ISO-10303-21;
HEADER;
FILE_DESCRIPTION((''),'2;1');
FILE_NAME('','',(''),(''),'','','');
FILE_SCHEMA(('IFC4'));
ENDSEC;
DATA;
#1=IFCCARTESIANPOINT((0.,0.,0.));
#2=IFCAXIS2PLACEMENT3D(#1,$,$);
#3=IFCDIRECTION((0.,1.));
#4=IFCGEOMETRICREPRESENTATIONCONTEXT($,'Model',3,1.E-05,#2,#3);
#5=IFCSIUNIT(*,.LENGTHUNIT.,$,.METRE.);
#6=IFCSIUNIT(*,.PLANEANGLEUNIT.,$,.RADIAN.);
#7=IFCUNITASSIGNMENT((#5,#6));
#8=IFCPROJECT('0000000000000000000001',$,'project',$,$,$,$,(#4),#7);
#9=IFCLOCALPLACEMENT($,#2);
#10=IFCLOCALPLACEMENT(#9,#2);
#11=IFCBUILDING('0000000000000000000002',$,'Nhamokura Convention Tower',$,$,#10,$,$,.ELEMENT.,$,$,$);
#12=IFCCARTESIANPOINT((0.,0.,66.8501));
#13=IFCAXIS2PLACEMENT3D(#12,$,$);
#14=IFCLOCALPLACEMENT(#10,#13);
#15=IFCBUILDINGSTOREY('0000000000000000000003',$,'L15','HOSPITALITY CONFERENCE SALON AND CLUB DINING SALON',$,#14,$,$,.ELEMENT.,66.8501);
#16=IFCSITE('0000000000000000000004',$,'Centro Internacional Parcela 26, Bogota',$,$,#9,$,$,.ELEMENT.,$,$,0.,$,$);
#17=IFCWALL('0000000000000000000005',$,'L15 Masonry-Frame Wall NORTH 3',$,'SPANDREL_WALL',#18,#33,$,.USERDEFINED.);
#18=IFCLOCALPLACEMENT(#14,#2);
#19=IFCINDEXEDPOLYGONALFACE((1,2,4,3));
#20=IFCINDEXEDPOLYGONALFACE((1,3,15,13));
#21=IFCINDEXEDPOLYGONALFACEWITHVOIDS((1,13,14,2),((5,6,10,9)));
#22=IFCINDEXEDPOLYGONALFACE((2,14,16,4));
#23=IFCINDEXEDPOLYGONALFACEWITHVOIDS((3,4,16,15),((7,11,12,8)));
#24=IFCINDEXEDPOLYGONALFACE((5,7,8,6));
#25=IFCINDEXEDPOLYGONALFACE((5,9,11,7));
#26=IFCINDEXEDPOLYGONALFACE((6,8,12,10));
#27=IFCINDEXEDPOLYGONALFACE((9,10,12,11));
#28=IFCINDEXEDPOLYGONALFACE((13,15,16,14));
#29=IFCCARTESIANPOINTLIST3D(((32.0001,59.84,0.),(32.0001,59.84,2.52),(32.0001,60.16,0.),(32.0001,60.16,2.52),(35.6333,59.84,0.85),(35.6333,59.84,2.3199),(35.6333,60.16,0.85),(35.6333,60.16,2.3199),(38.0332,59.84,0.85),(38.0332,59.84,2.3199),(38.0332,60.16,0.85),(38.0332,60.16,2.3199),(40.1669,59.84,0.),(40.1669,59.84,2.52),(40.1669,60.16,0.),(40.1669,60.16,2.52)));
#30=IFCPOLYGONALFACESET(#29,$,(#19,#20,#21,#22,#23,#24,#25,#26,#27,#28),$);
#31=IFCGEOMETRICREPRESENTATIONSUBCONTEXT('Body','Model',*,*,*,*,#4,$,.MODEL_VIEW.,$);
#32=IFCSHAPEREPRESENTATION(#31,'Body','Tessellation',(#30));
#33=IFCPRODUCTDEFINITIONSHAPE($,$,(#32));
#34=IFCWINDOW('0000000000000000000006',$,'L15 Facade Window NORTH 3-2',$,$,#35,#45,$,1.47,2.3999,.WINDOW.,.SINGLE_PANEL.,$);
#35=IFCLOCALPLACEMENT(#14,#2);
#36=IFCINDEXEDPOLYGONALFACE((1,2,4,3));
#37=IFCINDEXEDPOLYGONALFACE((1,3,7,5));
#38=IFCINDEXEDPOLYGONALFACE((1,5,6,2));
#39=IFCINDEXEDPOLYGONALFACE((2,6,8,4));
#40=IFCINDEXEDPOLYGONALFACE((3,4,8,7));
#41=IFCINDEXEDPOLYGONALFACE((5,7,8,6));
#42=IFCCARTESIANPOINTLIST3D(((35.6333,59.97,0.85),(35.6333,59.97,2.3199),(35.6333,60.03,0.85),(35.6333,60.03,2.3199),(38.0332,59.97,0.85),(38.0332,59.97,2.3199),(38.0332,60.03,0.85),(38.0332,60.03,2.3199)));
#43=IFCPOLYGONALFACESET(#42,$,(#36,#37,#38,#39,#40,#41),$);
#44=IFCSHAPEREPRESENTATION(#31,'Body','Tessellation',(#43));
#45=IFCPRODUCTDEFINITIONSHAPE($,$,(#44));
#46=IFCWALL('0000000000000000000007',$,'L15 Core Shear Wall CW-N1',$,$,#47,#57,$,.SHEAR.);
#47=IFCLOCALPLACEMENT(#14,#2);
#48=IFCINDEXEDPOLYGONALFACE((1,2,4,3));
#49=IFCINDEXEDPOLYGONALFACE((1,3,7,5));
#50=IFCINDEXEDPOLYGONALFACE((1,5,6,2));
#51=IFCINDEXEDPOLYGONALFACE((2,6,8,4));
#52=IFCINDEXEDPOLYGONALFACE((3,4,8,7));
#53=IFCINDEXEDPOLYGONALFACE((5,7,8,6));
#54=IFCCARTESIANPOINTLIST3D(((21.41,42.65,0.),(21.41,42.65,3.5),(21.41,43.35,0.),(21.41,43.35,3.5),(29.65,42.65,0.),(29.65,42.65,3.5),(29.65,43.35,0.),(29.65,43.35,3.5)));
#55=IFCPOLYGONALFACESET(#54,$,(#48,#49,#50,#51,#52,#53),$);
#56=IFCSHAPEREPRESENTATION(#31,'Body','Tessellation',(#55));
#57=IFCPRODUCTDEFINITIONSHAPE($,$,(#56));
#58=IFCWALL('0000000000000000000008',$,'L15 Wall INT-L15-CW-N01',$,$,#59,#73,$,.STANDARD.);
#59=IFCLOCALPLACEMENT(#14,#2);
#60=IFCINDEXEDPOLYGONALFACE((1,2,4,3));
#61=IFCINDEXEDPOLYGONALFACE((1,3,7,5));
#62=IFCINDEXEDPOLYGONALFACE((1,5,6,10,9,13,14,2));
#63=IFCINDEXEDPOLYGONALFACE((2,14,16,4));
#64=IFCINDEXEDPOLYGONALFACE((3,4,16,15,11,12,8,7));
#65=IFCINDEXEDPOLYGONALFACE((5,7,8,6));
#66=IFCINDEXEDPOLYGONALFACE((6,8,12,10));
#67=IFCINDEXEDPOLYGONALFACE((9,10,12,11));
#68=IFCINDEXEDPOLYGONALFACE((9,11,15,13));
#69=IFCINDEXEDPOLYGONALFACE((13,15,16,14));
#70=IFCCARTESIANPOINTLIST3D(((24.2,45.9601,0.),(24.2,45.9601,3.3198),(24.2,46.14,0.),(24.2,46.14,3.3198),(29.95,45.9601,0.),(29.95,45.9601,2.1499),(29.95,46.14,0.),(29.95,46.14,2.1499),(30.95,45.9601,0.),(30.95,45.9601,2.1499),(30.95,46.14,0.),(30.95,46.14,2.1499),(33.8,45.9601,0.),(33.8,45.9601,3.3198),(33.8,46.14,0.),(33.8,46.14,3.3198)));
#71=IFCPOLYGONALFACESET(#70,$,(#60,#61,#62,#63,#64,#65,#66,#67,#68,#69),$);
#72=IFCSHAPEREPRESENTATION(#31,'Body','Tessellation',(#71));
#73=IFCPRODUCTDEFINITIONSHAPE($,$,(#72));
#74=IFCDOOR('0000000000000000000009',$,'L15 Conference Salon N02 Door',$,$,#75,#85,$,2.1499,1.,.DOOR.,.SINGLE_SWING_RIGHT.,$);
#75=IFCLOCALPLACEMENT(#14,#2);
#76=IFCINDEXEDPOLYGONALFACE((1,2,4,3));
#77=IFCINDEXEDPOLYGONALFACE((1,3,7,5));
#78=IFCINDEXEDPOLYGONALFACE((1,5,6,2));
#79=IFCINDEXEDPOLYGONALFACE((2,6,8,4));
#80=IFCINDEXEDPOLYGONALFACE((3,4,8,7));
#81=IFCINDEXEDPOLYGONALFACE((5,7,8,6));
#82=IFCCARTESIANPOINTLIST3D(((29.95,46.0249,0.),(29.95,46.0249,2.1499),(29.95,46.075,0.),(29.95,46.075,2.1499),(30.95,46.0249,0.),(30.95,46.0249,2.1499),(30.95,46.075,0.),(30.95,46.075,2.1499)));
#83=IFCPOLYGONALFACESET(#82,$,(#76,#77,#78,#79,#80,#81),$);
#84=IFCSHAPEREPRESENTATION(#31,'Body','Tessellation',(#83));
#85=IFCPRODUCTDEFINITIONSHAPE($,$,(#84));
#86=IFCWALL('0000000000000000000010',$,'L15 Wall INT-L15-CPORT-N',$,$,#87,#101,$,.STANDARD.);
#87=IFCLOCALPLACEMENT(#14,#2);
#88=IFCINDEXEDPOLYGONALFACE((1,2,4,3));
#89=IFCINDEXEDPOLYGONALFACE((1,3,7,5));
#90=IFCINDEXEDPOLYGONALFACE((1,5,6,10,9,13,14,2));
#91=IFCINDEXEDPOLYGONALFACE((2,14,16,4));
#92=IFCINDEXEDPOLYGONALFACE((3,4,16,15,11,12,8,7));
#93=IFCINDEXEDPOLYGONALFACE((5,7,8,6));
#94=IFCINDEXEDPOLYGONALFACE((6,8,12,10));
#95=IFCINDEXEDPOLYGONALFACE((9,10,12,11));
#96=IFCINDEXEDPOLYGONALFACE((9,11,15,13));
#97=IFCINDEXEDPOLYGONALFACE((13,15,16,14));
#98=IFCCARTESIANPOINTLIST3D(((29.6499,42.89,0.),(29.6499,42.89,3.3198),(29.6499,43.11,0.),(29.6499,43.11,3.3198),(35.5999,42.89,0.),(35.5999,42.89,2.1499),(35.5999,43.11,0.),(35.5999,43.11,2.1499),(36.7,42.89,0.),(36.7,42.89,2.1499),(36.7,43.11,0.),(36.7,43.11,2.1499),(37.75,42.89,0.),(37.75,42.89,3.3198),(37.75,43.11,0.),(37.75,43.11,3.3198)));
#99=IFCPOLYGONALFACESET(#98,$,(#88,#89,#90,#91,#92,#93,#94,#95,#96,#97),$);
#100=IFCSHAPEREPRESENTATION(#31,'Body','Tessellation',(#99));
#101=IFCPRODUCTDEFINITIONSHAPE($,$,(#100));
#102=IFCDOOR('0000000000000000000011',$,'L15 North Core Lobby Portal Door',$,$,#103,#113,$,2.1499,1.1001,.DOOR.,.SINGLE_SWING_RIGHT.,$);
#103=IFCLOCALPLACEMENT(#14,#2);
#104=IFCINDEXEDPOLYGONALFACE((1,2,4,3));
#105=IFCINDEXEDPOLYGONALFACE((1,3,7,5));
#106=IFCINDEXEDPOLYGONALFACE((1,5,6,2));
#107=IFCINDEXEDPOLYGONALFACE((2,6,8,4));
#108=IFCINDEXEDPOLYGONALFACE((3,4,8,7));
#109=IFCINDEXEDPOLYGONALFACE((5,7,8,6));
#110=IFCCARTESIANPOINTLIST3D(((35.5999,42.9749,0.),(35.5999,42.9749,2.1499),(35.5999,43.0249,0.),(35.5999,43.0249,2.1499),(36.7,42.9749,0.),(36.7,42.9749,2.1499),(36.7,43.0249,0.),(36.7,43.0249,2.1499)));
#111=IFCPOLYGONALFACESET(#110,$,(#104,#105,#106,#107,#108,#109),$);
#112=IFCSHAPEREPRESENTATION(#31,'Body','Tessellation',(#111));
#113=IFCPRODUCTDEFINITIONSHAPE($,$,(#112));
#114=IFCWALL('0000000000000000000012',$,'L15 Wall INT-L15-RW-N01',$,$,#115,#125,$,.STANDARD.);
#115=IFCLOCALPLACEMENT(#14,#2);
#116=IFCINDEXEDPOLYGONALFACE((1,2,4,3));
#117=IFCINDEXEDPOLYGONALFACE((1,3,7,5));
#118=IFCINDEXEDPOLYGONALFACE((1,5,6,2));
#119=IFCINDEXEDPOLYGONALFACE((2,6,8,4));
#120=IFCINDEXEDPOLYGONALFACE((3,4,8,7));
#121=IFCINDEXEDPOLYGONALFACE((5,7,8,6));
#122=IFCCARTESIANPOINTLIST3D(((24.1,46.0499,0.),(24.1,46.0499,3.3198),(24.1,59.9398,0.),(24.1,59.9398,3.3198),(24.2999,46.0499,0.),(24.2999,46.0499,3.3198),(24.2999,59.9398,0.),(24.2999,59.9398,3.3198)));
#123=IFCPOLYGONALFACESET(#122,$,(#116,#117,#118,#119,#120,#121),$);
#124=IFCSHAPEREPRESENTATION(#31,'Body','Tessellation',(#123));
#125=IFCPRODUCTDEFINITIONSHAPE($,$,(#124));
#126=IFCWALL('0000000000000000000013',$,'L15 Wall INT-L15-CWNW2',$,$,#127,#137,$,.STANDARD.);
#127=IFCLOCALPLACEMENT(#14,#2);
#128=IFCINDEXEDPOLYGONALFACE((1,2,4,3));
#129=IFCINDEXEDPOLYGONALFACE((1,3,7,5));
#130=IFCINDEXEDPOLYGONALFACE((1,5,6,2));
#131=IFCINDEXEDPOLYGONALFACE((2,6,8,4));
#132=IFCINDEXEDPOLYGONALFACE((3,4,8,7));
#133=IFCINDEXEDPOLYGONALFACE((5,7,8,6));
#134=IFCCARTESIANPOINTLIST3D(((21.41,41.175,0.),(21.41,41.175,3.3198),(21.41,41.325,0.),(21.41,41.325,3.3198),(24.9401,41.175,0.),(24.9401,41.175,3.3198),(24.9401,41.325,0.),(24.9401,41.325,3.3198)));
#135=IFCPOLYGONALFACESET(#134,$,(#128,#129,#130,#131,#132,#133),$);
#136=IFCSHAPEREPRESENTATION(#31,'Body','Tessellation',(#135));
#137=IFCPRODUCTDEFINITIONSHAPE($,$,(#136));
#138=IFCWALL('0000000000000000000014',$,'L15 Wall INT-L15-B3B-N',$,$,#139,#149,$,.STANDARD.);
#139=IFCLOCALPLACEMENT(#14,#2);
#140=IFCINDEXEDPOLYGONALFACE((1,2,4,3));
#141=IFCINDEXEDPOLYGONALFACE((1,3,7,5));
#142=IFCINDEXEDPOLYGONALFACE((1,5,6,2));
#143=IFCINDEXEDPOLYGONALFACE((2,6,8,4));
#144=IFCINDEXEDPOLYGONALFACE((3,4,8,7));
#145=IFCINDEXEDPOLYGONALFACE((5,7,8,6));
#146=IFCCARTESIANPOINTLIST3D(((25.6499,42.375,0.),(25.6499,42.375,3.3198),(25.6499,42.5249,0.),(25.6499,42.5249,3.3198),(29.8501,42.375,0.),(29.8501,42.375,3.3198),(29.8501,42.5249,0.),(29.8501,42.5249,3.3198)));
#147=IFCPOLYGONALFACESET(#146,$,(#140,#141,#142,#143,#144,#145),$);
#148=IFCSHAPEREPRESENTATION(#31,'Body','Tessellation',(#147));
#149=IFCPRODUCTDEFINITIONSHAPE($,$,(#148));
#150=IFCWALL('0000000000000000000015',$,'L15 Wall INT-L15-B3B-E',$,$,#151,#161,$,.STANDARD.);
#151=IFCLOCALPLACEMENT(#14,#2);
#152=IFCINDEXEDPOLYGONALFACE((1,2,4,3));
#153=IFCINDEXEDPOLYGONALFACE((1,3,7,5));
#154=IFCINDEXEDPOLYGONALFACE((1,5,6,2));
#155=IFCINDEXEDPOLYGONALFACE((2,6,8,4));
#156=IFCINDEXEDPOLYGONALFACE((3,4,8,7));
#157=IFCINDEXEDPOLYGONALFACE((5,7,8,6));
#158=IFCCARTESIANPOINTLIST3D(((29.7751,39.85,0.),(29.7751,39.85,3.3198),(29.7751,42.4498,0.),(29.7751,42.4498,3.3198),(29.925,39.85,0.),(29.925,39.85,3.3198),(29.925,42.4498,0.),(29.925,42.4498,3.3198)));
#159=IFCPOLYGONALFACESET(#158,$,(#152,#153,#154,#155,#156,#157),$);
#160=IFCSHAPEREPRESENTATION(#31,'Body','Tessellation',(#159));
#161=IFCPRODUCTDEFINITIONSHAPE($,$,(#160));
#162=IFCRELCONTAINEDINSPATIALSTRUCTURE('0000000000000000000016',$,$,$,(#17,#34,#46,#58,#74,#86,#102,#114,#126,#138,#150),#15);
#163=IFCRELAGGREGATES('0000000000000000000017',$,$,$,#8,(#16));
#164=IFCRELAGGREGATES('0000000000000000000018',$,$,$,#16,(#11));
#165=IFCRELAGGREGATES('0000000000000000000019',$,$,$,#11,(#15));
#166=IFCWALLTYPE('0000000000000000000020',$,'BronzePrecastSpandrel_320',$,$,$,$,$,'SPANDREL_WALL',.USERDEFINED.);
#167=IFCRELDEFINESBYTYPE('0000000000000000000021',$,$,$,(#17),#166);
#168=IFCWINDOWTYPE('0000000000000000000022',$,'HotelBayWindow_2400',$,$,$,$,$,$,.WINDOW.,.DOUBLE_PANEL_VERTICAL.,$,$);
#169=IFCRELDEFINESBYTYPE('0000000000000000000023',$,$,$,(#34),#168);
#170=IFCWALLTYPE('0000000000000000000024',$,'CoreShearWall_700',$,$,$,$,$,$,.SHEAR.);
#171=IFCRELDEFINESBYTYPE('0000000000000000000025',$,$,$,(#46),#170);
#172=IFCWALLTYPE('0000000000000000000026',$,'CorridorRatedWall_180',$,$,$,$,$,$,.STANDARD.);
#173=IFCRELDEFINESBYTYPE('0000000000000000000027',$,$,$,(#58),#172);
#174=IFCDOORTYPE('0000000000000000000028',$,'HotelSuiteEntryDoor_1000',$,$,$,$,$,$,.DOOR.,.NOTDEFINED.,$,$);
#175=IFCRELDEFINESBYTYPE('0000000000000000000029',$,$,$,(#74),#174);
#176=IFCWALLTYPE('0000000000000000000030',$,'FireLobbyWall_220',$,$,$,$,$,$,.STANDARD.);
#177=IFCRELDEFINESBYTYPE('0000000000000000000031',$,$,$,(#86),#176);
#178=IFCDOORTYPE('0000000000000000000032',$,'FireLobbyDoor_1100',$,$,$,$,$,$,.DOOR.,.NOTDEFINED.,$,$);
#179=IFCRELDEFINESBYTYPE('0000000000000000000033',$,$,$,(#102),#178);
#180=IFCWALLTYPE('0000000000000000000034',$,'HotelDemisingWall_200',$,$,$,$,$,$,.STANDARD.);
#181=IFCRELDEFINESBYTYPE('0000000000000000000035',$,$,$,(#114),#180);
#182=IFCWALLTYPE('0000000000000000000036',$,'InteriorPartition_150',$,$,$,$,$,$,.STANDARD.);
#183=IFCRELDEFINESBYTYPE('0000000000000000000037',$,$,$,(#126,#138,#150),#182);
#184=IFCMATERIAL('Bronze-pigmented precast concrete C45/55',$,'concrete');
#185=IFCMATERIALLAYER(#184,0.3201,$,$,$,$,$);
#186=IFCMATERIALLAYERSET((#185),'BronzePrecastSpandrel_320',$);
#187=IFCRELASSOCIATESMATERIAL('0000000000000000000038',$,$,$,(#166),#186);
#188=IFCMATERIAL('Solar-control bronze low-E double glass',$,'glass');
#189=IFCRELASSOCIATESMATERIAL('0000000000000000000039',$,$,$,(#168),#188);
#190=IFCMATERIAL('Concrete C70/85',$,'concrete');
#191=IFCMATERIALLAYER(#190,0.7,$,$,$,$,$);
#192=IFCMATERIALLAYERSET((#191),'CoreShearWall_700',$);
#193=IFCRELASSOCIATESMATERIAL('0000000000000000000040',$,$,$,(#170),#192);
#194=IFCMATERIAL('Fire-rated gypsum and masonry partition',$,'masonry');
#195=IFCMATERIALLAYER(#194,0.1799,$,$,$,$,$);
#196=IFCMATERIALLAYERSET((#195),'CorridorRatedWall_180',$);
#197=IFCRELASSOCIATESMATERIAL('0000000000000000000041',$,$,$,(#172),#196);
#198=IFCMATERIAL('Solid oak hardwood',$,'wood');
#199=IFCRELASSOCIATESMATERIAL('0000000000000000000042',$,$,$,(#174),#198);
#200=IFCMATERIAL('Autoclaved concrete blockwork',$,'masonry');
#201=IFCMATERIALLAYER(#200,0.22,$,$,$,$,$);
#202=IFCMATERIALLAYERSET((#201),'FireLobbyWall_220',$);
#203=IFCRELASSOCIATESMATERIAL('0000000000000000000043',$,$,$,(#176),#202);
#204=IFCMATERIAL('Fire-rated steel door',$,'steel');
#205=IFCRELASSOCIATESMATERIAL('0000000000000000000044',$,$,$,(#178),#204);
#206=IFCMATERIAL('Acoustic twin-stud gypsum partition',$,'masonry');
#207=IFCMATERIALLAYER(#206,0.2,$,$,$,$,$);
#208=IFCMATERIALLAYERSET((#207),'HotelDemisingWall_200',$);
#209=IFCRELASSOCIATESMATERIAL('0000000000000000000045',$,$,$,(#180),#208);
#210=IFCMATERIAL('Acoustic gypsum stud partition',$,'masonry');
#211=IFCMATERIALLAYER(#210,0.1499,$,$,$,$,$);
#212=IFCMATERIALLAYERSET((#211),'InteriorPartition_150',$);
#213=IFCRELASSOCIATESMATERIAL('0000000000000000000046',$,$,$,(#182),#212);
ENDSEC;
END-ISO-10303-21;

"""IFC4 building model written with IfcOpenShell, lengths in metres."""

from ifc_helpers import new_model, si_unit, direction, frame, frame_2d, origin, place, context, subcontext, project, spatial, rectangle, extrude, material, layer, layer_set, type_object, element, fill, save


model = new_model("IFC4")

# Units and contexts
model_context = context("Model", 3, precision=1e-05, world=origin(), true_north=direction((0.0, 1.0)))
body_context = subcontext(model_context, "Body", "Model", "MODEL_VIEW")
ifc_project = project(units=[si_unit("LENGTHUNIT", "METRE"), si_unit("PLANEANGLEUNIT", "RADIAN")], contexts=[model_context])

# Site, building, storey
site_placement = place(None, origin())
site = spatial("IfcSite", under=ifc_project, at=site_placement, Name="Centro Internacional Parcela 26, Bogota", CompositionType="ELEMENT", RefElevation=0.0)
building_placement = place(site_placement, origin())
building = spatial("IfcBuilding", under=site, at=building_placement, Name="Nhamokura Convention Tower", CompositionType="ELEMENT")
storey_placement = place(building_placement, frame((0.0, 0.0, 66.8501)))
storey = spatial("IfcBuildingStorey", under=building, at=storey_placement, Name="L15", Description="HOSPITALITY CONFERENCE SALON AND CLUB DINING SALON", CompositionType="ELEMENT", Elevation=66.8501)

# Wall, opening, window
ifc_material_1 = material(Name="Bronze-pigmented precast concrete C45/55", Category="concrete")
ifc_layer_1 = layer(ifc_material_1, 0.3201)
ifc_layer_set_1 = layer_set([ifc_layer_1], Name="BronzePrecastSpandrel_320")
wall_type_1 = type_object("IfcWallType", Name="BronzePrecastSpandrel_320", ElementType="SPANDREL_WALL", PredefinedType="USERDEFINED", material=ifc_layer_set_1)
ifc_material_2 = material(Name="Solar-control bronze low-E double glass", Category="glass")
window_type = type_object("IfcWindowType", Name="HotelBayWindow_2400", PartitioningType="DOUBLE_PANEL_VERTICAL", PredefinedType="WINDOW", material=ifc_material_2)
wall_1_placement = place(storey_placement, frame((32.0, 60.0, 0.0), z_axis=(0.0, 0.0, 1.0), x_axis=(1.0, 0.0, 0.0)))
wall_1 = element("IfcWall", 1, at=wall_1_placement, inside=storey, type_object=wall_type_1, Name="L15 Masonry-Frame Wall NORTH 3", ObjectType="SPANDREL_WALL", PredefinedType="USERDEFINED", context=body_context, shape_type="SweptSolid", body=[
    extrude(rectangle(XDim=8.1667, YDim=0.3201, at=frame_2d((4.0835, 0.0))), origin(), (0.0, 0.0, 1.0), 2.52),
])
opening_1_placement = place(wall_1_placement, frame((3.6333, 0.0, 0.8501)))
opening_1 = element("IfcOpeningElement", 2, at=opening_1_placement, cuts=wall_1, PredefinedType="OPENING", context=body_context, shape_type="SweptSolid", body=[
    extrude(rectangle(XDim=2.3999, YDim=1.47, at=frame_2d((1.2, 0.7349))), frame((0.0, 0.1699, 0.0), z_axis=(0.0, -1.0, 0.0), x_axis=(1.0, 0.0, 0.0)), (0.0, 0.0, 1.0), 0.3401),
])
window_1_placement = place(opening_1_placement, origin())
window_1 = element("IfcWindow", 3, at=window_1_placement, inside=storey, type_object=window_type, Name="L15 Facade Window NORTH 3-2", OverallHeight=1.47, OverallWidth=2.3999, PartitioningType="SINGLE_PANEL", PredefinedType="WINDOW", context=body_context, shape_type="SweptSolid", body=[
    extrude(rectangle(XDim=2.3999, YDim=1.47, at=frame_2d((1.2, 0.7349))), frame((0.0, 0.03, 0.0), z_axis=(0.0, -1.0, 0.0), x_axis=(1.0, 0.0, 0.0)), (0.0, 0.0, 1.0), 0.0601),
])
fill(opening_1, window_1)

# Wall
ifc_material_3 = material(Name="Concrete C70/85", Category="concrete")
ifc_layer_2 = layer(ifc_material_3, 0.7)
ifc_layer_set_2 = layer_set([ifc_layer_2], Name="CoreShearWall_700")
wall_type_2 = type_object("IfcWallType", Name="CoreShearWall_700", PredefinedType="SHEAR", material=ifc_layer_set_2)
wall_2_placement = place(storey_placement, frame((21.4099, 43.0, 0.0), z_axis=(0.0, 0.0, 1.0), x_axis=(1.0, 0.0, 0.0)))
element("IfcWall", 4, at=wall_2_placement, inside=storey, type_object=wall_type_2, Name="L15 Core Shear Wall CW-N1", PredefinedType="SHEAR", context=body_context, shape_type="SweptSolid", body=[
    extrude(rectangle(XDim=8.24, YDim=0.7, at=frame_2d((4.1201, 0.0))), origin(), (0.0, 0.0, 1.0), 3.5),
])

# Walls, openings, doors
ifc_material_4 = material(Name="Fire-rated gypsum and masonry partition", Category="masonry")
ifc_layer_3 = layer(ifc_material_4, 0.1799)
ifc_layer_set_3 = layer_set([ifc_layer_3], Name="CorridorRatedWall_180")
wall_type_3 = type_object("IfcWallType", Name="CorridorRatedWall_180", PredefinedType="STANDARD", material=ifc_layer_set_3)
wall_3_placement = place(storey_placement, frame((24.2, 46.05, 0.0), z_axis=(0.0, 0.0, 1.0), x_axis=(1.0, 0.0, 0.0)))
wall_3 = element("IfcWall", 5, at=wall_3_placement, inside=storey, type_object=wall_type_3, Name="L15 Wall INT-L15-CW-N01", PredefinedType="STANDARD", context=body_context, shape_type="SweptSolid", body=[
    extrude(rectangle(XDim=9.6001, YDim=0.1799, at=frame_2d((4.8, 0.0))), origin(), (0.0, 0.0, 1.0), 3.3198),
])
opening_2_placement = place(wall_3_placement, frame((5.75, 0.0, 0.0)))
opening_2 = element("IfcOpeningElement", 6, at=opening_2_placement, cuts=wall_3, PredefinedType="OPENING", context=body_context, shape_type="SweptSolid", body=[
    extrude(rectangle(XDim=1.0, YDim=2.1499, at=frame_2d((0.5, 1.075))), frame((0.0, 0.0999, 0.0), z_axis=(0.0, -1.0, 0.0), x_axis=(1.0, 0.0, 0.0)), (0.0, 0.0, 1.0), 0.2),
])
ifc_material_5 = material(Name="Solid oak hardwood", Category="wood")
door_type_1 = type_object("IfcDoorType", Name="HotelSuiteEntryDoor_1000", OperationType="NOTDEFINED", PredefinedType="DOOR", material=ifc_material_5)
door_1_placement = place(opening_2_placement, origin())
door_1 = element("IfcDoor", 7, at=door_1_placement, inside=storey, type_object=door_type_1, Name="L15 Conference Salon N02 Door", OperationType="SINGLE_SWING_RIGHT", OverallHeight=2.1499, OverallWidth=1.0, PredefinedType="DOOR", context=body_context, shape_type="SweptSolid", body=[
    extrude(rectangle(XDim=1.0, YDim=2.1499, at=frame_2d((0.5, 1.075))), frame((0.0, 0.0249, 0.0), z_axis=(0.0, -1.0, 0.0), x_axis=(1.0, 0.0, 0.0)), (0.0, 0.0, 1.0), 0.05),
])
fill(opening_2, door_1)
ifc_material_6 = material(Name="Autoclaved concrete blockwork", Category="masonry")
ifc_layer_4 = layer(ifc_material_6, 0.22)
ifc_layer_set_4 = layer_set([ifc_layer_4], Name="FireLobbyWall_220")
wall_type_4 = type_object("IfcWallType", Name="FireLobbyWall_220", PredefinedType="STANDARD", material=ifc_layer_set_4)
wall_4_placement = place(storey_placement, frame((29.6499, 43.0, 0.0), z_axis=(0.0, 0.0, 1.0), x_axis=(1.0, 0.0, 0.0)))
wall_4 = element("IfcWall", 8, at=wall_4_placement, inside=storey, type_object=wall_type_4, Name="L15 Wall INT-L15-CPORT-N", PredefinedType="STANDARD", context=body_context, shape_type="SweptSolid", body=[
    extrude(rectangle(XDim=8.1001, YDim=0.22, at=frame_2d((4.05, 0.0))), origin(), (0.0, 0.0, 1.0), 3.3198),
])
opening_3_placement = place(wall_4_placement, frame((5.95, 0.0, 0.0)))
opening_3 = element("IfcOpeningElement", 9, at=opening_3_placement, cuts=wall_4, PredefinedType="OPENING", context=body_context, shape_type="SweptSolid", body=[
    extrude(rectangle(XDim=1.1001, YDim=2.1499, at=frame_2d((0.55, 1.075))), frame((0.0, 0.1199, 0.0), z_axis=(0.0, -1.0, 0.0), x_axis=(1.0, 0.0, 0.0)), (0.0, 0.0, 1.0), 0.24),
])
ifc_material_7 = material(Name="Fire-rated steel door", Category="steel")
door_type_2 = type_object("IfcDoorType", Name="FireLobbyDoor_1100", OperationType="NOTDEFINED", PredefinedType="DOOR", material=ifc_material_7)
door_2_placement = place(opening_3_placement, origin())
door_2 = element("IfcDoor", 10, at=door_2_placement, inside=storey, type_object=door_type_2, Name="L15 North Core Lobby Portal Door", OperationType="SINGLE_SWING_RIGHT", OverallHeight=2.1499, OverallWidth=1.1001, PredefinedType="DOOR", context=body_context, shape_type="SweptSolid", body=[
    extrude(rectangle(XDim=1.1001, YDim=2.1499, at=frame_2d((0.55, 1.075))), frame((0.0, 0.0249, 0.0), z_axis=(0.0, -1.0, 0.0), x_axis=(1.0, 0.0, 0.0)), (0.0, 0.0, 1.0), 0.05),
])
fill(opening_3, door_2)

# Walls
ifc_material_8 = material(Name="Acoustic twin-stud gypsum partition", Category="masonry")
ifc_layer_5 = layer(ifc_material_8, 0.2)
ifc_layer_set_5 = layer_set([ifc_layer_5], Name="HotelDemisingWall_200")
wall_type_5 = type_object("IfcWallType", Name="HotelDemisingWall_200", PredefinedType="STANDARD", material=ifc_layer_set_5)
wall_5_placement = place(storey_placement, frame((24.2, 46.05, 0.0), z_axis=(0.0, 0.0, 1.0), x_axis=(0.0, 1.0, 0.0)))
element("IfcWall", 11, at=wall_5_placement, inside=storey, type_object=wall_type_5, Name="L15 Wall INT-L15-RW-N01", PredefinedType="STANDARD", context=body_context, shape_type="SweptSolid", body=[
    extrude(rectangle(XDim=13.8899, YDim=0.2, at=frame_2d((6.9448, 0.0))), origin(), (0.0, 0.0, 1.0), 3.3198),
])
ifc_material_9 = material(Name="Acoustic gypsum stud partition", Category="masonry")
ifc_layer_6 = layer(ifc_material_9, 0.1499)
ifc_layer_set_6 = layer_set([ifc_layer_6], Name="InteriorPartition_150")
wall_type_6 = type_object("IfcWallType", Name="InteriorPartition_150", PredefinedType="STANDARD", material=ifc_layer_set_6)
wall_6_placement = place(storey_placement, frame((21.4099, 41.25, 0.0), z_axis=(0.0, 0.0, 1.0), x_axis=(1.0, 0.0, 0.0)))
element("IfcWall", 12, at=wall_6_placement, inside=storey, type_object=wall_type_6, Name="L15 Wall INT-L15-CWNW2", PredefinedType="STANDARD", context=body_context, shape_type="SweptSolid", body=[
    extrude(rectangle(XDim=3.53, YDim=0.1499, at=frame_2d((1.7651, 0.0))), origin(), (0.0, 0.0, 1.0), 3.3198),
])
wall_7_placement = place(storey_placement, frame((25.6499, 42.45, 0.0), z_axis=(0.0, 0.0, 1.0), x_axis=(1.0, 0.0, 0.0)))
element("IfcWall", 13, at=wall_7_placement, inside=storey, type_object=wall_type_6, Name="L15 Wall INT-L15-B3B-N", PredefinedType="STANDARD", context=body_context, shape_type="SweptSolid", body=[
    extrude(rectangle(XDim=4.2002, YDim=0.1499, at=frame_2d((2.1001, 0.0))), origin(), (0.0, 0.0, 1.0), 3.3198),
])
wall_8_placement = place(storey_placement, frame((29.8501, 39.8501, 0.0), z_axis=(0.0, 0.0, 1.0), x_axis=(0.0, 1.0, 0.0)))
element("IfcWall", 14, at=wall_8_placement, inside=storey, type_object=wall_type_6, Name="L15 Wall INT-L15-B3B-E", PredefinedType="STANDARD", context=body_context, shape_type="SweptSolid", body=[
    extrude(rectangle(XDim=2.5999, YDim=0.1499, at=frame_2d((1.2998, 0.0))), origin(), (0.0, 0.0, 1.0), 3.3198),
])

save(model, "model.ifc")
